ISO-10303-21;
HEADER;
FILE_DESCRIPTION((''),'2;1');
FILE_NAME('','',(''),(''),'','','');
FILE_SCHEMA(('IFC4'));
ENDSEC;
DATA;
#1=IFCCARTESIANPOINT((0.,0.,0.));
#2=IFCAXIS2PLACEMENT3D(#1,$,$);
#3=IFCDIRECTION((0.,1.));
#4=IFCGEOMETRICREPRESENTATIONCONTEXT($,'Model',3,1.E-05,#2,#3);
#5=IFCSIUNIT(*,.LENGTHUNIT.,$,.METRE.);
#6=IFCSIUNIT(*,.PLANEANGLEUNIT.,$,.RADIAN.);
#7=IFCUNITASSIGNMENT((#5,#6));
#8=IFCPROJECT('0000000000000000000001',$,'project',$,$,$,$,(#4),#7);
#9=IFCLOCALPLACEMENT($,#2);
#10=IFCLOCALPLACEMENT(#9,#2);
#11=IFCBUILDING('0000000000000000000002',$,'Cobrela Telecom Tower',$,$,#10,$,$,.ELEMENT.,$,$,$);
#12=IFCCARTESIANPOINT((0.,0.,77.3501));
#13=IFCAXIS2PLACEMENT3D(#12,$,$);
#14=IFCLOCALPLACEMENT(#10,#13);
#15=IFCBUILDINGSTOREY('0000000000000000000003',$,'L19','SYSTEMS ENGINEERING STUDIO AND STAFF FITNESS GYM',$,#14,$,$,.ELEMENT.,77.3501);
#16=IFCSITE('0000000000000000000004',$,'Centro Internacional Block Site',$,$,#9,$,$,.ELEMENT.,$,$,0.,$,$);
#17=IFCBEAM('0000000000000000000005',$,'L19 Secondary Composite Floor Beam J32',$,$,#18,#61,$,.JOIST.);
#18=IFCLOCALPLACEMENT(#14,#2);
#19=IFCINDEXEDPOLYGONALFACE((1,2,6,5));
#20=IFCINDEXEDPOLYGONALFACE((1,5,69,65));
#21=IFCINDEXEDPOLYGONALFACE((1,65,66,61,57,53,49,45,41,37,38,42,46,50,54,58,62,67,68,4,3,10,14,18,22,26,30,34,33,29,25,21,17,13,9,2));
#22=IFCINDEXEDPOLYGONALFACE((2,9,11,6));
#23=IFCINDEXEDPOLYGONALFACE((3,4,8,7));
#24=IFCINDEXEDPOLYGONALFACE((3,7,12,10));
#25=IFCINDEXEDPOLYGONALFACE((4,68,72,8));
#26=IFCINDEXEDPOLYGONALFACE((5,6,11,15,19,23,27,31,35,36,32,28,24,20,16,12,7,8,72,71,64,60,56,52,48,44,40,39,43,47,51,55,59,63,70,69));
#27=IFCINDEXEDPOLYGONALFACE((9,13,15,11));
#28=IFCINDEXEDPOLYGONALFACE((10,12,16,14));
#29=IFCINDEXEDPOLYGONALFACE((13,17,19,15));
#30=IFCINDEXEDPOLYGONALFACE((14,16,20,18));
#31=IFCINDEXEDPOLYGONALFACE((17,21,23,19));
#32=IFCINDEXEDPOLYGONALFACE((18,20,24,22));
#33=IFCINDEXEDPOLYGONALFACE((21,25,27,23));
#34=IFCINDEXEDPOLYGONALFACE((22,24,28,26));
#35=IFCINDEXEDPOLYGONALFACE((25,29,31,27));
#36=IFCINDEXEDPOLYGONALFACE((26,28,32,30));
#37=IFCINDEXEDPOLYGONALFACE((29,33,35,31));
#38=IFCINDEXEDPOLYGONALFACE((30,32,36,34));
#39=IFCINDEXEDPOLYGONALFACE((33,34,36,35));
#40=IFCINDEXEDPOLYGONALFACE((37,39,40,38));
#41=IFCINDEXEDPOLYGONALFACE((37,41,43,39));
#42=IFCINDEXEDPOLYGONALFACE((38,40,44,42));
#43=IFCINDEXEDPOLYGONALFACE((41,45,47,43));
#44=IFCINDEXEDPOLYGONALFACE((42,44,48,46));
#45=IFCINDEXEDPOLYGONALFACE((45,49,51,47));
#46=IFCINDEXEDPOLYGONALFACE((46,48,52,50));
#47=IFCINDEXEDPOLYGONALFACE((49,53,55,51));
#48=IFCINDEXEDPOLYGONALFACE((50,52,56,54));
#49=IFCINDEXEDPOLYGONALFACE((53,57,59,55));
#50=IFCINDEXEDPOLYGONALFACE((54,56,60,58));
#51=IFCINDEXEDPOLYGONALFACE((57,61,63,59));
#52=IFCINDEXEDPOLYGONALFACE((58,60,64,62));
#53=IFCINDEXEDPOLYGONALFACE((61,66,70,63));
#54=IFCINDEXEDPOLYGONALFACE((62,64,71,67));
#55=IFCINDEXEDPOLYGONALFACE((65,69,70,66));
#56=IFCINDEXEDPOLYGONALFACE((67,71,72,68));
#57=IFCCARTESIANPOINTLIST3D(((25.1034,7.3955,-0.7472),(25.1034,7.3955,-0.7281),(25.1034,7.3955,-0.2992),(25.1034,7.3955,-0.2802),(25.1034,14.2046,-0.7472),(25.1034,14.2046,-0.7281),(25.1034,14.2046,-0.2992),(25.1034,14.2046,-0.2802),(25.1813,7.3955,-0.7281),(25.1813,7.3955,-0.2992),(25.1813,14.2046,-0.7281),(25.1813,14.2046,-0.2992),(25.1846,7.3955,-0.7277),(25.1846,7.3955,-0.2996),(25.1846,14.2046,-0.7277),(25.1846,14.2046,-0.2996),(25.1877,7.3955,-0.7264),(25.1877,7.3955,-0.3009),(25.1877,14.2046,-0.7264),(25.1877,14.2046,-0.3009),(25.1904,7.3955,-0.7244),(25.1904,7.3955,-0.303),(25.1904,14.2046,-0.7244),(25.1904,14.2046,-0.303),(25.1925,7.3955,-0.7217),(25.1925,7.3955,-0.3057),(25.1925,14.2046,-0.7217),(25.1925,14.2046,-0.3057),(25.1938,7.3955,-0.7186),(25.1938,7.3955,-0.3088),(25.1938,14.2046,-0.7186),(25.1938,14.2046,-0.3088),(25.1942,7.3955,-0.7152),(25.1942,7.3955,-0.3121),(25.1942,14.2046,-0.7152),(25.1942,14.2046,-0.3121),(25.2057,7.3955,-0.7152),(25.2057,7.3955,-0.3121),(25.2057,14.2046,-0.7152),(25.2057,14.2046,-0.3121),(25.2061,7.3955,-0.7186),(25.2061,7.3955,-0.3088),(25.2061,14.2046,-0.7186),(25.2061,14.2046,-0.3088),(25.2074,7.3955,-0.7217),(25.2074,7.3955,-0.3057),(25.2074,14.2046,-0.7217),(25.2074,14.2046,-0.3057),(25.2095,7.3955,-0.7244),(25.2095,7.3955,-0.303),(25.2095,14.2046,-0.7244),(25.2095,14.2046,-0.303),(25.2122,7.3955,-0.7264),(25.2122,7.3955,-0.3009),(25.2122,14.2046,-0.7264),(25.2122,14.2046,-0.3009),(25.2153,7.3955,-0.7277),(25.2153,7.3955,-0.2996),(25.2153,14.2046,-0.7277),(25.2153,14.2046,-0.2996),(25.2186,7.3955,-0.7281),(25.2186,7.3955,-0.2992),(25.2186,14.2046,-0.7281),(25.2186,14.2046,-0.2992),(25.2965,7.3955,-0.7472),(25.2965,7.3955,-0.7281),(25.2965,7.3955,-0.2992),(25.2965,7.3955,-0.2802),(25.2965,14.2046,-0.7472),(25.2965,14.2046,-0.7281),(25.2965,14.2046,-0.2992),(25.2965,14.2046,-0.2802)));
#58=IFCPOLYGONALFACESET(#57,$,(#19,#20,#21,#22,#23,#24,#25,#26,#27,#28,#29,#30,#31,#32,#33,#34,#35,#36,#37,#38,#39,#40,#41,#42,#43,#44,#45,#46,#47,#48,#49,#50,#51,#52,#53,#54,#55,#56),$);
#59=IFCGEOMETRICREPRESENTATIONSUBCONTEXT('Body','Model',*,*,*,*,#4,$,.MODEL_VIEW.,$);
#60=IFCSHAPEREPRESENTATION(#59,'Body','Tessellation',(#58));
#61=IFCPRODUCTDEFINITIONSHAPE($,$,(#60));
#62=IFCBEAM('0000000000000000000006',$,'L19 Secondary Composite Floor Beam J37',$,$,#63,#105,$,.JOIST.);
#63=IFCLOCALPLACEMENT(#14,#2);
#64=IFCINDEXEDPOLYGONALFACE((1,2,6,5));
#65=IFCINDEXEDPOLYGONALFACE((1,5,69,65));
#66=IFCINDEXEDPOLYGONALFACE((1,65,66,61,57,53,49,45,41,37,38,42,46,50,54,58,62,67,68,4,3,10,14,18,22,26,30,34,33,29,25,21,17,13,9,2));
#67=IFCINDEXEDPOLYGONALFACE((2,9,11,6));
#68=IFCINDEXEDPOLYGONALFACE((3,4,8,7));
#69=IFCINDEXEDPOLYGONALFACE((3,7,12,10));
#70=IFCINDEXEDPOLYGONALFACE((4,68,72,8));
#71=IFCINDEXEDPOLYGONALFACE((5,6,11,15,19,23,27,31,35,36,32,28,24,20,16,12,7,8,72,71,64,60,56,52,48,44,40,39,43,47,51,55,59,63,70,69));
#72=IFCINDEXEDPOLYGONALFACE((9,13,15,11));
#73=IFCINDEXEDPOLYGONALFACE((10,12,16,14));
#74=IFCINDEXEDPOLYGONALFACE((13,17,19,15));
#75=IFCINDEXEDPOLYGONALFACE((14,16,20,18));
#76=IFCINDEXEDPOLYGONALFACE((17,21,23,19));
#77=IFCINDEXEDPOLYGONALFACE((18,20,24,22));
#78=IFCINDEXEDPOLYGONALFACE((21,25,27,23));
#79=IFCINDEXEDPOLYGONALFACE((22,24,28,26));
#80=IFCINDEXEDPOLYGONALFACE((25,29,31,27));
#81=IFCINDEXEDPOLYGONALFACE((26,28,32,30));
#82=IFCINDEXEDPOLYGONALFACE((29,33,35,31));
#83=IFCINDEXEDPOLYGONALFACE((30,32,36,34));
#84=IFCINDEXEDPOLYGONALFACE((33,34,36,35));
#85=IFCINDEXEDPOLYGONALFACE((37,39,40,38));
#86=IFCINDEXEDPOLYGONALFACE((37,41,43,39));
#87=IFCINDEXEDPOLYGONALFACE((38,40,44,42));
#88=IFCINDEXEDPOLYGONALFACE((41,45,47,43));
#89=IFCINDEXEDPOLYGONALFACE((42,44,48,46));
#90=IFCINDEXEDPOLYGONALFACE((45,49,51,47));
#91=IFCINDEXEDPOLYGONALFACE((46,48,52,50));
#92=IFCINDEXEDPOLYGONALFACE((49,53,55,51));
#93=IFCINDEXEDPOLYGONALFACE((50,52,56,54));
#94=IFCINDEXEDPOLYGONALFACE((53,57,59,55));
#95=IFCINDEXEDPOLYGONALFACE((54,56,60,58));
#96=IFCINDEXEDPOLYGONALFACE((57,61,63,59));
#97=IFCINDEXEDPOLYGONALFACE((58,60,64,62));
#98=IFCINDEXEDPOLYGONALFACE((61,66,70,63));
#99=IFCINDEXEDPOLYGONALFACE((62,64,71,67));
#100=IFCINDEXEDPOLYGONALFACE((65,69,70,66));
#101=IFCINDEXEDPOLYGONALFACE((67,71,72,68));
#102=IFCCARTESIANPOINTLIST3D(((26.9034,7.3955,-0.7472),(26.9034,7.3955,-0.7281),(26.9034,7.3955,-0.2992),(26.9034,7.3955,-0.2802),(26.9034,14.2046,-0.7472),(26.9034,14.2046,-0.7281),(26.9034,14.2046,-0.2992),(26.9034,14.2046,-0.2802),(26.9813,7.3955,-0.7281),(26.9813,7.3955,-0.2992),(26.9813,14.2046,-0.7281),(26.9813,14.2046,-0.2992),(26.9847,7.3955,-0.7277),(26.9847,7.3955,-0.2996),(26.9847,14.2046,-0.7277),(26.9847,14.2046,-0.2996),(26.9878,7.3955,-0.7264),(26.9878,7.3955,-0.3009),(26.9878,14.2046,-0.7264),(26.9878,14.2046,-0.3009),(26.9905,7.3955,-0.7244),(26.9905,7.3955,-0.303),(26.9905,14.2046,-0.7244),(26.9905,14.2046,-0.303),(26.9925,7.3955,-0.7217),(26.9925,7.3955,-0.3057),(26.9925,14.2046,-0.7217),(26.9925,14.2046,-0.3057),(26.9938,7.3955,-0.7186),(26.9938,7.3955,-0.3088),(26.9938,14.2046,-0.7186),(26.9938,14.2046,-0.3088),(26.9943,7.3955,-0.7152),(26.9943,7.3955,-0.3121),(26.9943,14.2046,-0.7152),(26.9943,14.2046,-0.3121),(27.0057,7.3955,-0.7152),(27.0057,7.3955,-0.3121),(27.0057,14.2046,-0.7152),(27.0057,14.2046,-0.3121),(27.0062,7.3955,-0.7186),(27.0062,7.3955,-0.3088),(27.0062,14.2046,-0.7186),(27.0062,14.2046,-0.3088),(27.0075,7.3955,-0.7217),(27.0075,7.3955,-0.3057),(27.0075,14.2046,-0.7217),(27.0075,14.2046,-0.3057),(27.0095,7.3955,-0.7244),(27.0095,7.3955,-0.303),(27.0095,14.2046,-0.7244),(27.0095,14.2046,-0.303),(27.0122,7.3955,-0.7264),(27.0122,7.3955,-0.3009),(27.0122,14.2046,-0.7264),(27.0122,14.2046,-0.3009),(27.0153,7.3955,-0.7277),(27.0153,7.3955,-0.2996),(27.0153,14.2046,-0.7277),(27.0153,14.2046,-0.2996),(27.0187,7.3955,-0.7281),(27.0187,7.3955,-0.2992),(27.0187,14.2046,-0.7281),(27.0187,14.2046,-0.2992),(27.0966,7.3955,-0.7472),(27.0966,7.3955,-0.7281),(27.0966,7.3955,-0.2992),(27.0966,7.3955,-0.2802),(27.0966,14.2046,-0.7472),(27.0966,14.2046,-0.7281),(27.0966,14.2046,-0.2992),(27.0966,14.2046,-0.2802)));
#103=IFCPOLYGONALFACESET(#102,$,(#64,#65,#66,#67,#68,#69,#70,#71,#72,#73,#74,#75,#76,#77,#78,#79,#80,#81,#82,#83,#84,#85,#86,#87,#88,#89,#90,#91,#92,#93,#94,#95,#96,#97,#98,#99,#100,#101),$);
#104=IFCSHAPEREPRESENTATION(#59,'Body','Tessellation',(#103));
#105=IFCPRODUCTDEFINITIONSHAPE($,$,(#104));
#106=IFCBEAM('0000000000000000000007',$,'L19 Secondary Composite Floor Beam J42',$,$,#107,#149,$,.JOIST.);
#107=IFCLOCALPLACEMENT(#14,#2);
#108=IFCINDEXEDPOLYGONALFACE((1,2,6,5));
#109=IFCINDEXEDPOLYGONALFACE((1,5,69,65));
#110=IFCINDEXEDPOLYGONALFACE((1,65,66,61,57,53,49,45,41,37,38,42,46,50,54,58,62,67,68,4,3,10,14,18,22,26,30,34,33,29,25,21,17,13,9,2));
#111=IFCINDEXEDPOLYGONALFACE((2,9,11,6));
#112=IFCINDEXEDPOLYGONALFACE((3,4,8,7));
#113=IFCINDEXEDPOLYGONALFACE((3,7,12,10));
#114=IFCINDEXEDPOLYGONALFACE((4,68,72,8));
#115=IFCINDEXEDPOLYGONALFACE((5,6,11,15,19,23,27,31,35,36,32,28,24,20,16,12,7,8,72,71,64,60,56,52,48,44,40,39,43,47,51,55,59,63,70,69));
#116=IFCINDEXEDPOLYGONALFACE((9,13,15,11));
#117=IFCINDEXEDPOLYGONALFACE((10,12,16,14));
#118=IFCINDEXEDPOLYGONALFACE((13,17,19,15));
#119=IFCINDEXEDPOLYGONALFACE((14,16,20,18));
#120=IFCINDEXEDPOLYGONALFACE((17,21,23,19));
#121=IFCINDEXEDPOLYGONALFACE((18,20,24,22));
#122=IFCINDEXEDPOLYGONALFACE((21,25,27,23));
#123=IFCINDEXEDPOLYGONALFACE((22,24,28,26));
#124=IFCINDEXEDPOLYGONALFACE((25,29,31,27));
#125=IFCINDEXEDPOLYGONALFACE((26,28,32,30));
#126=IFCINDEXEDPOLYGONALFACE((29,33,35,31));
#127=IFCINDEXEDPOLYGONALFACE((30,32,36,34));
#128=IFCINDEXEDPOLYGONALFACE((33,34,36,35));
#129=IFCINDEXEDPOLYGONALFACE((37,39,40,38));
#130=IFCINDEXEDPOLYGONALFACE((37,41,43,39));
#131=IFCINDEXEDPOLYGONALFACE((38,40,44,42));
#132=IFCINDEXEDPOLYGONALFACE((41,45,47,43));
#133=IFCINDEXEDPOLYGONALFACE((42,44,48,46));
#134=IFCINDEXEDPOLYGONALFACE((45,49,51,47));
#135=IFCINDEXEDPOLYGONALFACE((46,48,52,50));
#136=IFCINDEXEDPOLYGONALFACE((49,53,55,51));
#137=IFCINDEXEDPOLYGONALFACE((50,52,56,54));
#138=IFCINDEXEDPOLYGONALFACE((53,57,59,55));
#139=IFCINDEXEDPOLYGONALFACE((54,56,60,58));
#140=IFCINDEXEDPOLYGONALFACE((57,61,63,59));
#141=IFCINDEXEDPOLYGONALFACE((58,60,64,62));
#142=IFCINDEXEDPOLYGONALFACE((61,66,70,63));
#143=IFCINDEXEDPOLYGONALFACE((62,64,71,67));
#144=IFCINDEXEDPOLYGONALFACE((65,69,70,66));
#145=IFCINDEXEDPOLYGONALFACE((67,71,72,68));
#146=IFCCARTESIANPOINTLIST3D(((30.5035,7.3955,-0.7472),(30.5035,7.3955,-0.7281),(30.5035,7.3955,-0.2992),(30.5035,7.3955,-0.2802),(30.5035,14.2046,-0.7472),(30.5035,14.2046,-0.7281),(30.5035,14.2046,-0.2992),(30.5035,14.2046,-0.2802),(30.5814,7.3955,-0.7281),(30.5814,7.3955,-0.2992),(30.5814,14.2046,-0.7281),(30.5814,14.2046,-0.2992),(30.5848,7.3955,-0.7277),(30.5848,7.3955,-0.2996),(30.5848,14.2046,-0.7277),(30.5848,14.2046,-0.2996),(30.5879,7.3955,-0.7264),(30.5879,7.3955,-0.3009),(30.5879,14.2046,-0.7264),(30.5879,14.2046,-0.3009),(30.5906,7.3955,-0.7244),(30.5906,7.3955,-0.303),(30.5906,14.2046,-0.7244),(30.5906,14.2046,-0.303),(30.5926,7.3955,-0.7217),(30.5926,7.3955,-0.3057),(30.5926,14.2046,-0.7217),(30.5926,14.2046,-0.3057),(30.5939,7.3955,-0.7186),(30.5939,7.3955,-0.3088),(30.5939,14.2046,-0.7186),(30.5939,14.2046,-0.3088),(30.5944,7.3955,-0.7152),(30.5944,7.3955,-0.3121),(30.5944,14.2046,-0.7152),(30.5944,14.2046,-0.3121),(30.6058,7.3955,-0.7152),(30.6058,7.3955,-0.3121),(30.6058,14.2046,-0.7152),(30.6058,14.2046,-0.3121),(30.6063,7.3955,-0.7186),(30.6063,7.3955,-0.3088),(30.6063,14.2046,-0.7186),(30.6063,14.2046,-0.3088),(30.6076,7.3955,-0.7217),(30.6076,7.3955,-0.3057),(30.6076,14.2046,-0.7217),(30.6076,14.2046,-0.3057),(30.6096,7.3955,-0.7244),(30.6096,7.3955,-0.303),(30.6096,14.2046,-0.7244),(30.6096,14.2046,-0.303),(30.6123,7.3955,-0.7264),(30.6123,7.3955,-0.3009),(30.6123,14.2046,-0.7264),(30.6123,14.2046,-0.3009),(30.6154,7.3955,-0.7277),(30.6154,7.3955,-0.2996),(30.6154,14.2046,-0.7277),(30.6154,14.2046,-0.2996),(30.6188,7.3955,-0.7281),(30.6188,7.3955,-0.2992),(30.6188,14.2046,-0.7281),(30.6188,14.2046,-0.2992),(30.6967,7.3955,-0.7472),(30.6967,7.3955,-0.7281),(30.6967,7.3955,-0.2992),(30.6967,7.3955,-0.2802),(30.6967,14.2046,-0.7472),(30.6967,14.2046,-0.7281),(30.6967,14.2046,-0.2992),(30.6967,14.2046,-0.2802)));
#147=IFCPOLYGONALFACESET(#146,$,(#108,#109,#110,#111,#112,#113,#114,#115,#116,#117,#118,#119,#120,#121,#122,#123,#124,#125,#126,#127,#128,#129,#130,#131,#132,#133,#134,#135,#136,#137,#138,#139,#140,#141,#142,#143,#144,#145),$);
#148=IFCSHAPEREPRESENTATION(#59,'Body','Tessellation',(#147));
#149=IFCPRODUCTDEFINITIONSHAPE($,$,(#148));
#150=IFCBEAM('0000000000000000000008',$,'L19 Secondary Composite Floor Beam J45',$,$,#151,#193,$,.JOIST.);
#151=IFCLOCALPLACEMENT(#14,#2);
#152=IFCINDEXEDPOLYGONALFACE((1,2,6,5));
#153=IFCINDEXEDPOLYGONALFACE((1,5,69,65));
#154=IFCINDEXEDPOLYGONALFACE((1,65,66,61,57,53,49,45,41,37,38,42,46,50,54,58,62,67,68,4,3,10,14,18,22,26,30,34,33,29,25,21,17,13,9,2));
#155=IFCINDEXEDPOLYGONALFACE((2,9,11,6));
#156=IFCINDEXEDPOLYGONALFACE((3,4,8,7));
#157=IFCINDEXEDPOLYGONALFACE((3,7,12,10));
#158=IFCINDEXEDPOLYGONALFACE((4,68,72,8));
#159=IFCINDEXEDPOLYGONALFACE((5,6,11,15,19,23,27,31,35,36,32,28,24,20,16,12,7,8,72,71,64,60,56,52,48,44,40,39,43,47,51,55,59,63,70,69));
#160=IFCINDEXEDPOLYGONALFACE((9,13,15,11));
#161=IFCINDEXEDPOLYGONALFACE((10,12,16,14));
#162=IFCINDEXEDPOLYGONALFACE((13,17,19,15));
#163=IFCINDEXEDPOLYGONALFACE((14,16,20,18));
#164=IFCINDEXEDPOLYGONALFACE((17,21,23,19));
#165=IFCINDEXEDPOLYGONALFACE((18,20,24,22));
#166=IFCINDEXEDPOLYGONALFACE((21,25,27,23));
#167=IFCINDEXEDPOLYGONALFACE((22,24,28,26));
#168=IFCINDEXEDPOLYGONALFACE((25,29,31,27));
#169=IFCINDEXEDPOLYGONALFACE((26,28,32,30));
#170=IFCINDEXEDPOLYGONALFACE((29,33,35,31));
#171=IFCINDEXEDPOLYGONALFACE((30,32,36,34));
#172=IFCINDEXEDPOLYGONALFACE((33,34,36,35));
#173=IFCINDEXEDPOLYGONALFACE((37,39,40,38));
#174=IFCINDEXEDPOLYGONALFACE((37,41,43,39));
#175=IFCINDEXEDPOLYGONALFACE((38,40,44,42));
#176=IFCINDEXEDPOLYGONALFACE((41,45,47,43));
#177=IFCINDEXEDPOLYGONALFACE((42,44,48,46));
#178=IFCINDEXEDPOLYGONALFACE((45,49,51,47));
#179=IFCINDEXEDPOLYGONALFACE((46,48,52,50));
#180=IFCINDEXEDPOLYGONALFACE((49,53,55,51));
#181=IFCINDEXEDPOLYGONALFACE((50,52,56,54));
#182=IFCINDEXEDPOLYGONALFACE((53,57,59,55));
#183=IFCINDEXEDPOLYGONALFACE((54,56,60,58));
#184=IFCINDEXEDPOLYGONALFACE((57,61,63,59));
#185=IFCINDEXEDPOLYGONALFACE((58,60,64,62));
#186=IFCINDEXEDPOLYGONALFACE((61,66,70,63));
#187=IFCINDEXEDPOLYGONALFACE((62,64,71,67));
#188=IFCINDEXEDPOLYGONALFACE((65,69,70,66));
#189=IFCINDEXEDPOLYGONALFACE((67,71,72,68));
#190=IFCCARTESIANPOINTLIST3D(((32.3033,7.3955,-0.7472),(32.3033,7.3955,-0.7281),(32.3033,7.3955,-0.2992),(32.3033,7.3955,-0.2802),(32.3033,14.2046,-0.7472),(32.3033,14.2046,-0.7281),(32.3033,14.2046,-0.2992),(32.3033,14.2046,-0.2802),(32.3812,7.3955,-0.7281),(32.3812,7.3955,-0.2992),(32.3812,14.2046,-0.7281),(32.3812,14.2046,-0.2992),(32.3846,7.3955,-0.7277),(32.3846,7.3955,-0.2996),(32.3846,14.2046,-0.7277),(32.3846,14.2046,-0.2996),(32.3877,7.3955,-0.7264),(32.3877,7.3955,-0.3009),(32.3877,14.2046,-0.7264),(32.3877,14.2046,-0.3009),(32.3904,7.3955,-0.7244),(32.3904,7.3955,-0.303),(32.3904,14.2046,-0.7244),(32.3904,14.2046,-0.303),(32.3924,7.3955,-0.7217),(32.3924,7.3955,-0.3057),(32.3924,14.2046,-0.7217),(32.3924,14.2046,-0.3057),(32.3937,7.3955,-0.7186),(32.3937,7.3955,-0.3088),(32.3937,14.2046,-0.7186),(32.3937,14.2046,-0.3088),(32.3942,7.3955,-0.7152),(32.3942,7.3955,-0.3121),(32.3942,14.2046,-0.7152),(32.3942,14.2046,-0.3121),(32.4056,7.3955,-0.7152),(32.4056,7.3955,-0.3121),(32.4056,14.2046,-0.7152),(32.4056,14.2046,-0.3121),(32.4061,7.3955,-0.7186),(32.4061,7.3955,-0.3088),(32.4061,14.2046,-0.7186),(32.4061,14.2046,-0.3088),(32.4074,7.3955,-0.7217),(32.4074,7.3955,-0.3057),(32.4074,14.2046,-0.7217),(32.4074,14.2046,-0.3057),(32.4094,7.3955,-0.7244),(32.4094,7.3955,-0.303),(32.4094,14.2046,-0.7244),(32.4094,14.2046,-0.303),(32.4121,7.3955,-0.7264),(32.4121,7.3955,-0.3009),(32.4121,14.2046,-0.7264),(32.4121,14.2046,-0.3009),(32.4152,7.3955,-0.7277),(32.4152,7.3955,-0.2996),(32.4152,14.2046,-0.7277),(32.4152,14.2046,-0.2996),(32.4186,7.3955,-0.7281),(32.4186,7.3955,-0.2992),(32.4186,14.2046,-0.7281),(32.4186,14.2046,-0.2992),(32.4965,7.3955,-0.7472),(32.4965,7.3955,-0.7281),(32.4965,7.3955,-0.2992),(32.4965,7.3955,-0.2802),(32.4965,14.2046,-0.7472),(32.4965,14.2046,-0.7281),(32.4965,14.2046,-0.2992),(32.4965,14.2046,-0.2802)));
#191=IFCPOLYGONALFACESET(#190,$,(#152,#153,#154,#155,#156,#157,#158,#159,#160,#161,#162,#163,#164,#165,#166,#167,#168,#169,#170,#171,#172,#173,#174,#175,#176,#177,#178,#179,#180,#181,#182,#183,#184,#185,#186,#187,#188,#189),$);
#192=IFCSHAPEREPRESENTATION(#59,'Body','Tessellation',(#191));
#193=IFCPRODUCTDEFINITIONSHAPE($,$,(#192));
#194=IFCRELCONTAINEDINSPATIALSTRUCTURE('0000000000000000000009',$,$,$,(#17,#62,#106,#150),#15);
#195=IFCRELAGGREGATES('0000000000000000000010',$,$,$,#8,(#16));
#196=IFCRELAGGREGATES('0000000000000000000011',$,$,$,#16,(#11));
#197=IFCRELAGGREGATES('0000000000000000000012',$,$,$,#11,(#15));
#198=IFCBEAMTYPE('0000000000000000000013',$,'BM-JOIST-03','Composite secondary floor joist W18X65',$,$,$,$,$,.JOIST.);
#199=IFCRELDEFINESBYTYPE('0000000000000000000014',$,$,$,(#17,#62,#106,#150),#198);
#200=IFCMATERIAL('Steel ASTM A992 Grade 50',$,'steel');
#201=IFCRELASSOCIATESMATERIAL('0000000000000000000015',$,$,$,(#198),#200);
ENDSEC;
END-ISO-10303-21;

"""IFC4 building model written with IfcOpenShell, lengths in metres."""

from ifc_helpers import new_model, si_unit, direction, frame, origin, origin_2d, place, context, subcontext, project, spatial, i_section, extrude, material, material_profile, profile_set, type_object, element, save


model = new_model("IFC4")

# Units and contexts
model_context = context("Model", 3, precision=1e-05, world=origin(), true_north=direction((0.0, 1.0)))
body_context = subcontext(model_context, "Body", "Model", "MODEL_VIEW")
ifc_project = project(units=[si_unit("LENGTHUNIT", "METRE"), si_unit("PLANEANGLEUNIT", "RADIAN")], contexts=[model_context])

# Site, building, storey
site_placement = place(None, origin())
site = spatial("IfcSite", under=ifc_project, at=site_placement, Name="Centro Internacional Block Site", CompositionType="ELEMENT", RefElevation=0.0)
building_placement = place(site_placement, origin())
building = spatial("IfcBuilding", under=site, at=building_placement, Name="Cobrela Telecom Tower", CompositionType="ELEMENT")
storey_placement = place(building_placement, frame((0.0, 0.0, 77.3501)))
storey = spatial("IfcBuildingStorey", under=building, at=storey_placement, Name="L19", Description="SYSTEMS ENGINEERING STUDIO AND STAFF FITNESS GYM", CompositionType="ELEMENT", Elevation=77.3501)

# Shared definitions
ifc_material = material(Name="Steel ASTM A992 Grade 50", Category="steel")

# Beams
ifc_material_profile_1 = material_profile(ifc_material, i_section(OverallWidth=0.1931, OverallDepth=0.467, WebThickness=0.0115, FlangeThickness=0.019, FilletRadius=0.0129, at=origin_2d()), Name="W18X65")
ifc_profile_set_1 = profile_set([ifc_material_profile_1], Name="Steel ASTM A992 Grade 50")
beam_type_1 = type_object("IfcBeamType", Name="BM-JOIST-03", Description="Composite secondary floor joist W18X65", PredefinedType="JOIST", material=ifc_profile_set_1)
for number, where, z_axis, x_axis, name in (
    (1, (25.2, 7.3955, -0.5137), (0.0, 1.0, 0.0), (-1.0, 0.0, 0.0), "L19 Secondary Composite Floor Beam J32"),
    (2, (27.0, 7.3955, -0.5137), (0.0, 1.0, 0.0), (-1.0, 0.0, 0.0), "L19 Secondary Composite Floor Beam J37"),
    (3, (30.6001, 7.3955, -0.5137), (0.0, 1.0, 0.0), (-1.0, 0.0, 0.0), "L19 Secondary Composite Floor Beam J42"),
    (4, (32.3999, 7.3955, -0.5137), (0.0, 1.0, 0.0), (-1.0, 0.0, 0.0), "L19 Secondary Composite Floor Beam J45"),
):
    element("IfcBeam", number, at=place(storey_placement, frame(where, z_axis=z_axis, x_axis=x_axis)), inside=storey, type_object=beam_type_1, Name=name, PredefinedType="JOIST", context=body_context, shape_type="SweptSolid", body=[
        extrude(i_section(OverallWidth=0.1931, OverallDepth=0.467, WebThickness=0.0115, FlangeThickness=0.019, FilletRadius=0.0129, at=origin_2d()), origin(), (0.0, 0.0, 1.0), 6.8091),
    ])

save(model, "model.ifc")
